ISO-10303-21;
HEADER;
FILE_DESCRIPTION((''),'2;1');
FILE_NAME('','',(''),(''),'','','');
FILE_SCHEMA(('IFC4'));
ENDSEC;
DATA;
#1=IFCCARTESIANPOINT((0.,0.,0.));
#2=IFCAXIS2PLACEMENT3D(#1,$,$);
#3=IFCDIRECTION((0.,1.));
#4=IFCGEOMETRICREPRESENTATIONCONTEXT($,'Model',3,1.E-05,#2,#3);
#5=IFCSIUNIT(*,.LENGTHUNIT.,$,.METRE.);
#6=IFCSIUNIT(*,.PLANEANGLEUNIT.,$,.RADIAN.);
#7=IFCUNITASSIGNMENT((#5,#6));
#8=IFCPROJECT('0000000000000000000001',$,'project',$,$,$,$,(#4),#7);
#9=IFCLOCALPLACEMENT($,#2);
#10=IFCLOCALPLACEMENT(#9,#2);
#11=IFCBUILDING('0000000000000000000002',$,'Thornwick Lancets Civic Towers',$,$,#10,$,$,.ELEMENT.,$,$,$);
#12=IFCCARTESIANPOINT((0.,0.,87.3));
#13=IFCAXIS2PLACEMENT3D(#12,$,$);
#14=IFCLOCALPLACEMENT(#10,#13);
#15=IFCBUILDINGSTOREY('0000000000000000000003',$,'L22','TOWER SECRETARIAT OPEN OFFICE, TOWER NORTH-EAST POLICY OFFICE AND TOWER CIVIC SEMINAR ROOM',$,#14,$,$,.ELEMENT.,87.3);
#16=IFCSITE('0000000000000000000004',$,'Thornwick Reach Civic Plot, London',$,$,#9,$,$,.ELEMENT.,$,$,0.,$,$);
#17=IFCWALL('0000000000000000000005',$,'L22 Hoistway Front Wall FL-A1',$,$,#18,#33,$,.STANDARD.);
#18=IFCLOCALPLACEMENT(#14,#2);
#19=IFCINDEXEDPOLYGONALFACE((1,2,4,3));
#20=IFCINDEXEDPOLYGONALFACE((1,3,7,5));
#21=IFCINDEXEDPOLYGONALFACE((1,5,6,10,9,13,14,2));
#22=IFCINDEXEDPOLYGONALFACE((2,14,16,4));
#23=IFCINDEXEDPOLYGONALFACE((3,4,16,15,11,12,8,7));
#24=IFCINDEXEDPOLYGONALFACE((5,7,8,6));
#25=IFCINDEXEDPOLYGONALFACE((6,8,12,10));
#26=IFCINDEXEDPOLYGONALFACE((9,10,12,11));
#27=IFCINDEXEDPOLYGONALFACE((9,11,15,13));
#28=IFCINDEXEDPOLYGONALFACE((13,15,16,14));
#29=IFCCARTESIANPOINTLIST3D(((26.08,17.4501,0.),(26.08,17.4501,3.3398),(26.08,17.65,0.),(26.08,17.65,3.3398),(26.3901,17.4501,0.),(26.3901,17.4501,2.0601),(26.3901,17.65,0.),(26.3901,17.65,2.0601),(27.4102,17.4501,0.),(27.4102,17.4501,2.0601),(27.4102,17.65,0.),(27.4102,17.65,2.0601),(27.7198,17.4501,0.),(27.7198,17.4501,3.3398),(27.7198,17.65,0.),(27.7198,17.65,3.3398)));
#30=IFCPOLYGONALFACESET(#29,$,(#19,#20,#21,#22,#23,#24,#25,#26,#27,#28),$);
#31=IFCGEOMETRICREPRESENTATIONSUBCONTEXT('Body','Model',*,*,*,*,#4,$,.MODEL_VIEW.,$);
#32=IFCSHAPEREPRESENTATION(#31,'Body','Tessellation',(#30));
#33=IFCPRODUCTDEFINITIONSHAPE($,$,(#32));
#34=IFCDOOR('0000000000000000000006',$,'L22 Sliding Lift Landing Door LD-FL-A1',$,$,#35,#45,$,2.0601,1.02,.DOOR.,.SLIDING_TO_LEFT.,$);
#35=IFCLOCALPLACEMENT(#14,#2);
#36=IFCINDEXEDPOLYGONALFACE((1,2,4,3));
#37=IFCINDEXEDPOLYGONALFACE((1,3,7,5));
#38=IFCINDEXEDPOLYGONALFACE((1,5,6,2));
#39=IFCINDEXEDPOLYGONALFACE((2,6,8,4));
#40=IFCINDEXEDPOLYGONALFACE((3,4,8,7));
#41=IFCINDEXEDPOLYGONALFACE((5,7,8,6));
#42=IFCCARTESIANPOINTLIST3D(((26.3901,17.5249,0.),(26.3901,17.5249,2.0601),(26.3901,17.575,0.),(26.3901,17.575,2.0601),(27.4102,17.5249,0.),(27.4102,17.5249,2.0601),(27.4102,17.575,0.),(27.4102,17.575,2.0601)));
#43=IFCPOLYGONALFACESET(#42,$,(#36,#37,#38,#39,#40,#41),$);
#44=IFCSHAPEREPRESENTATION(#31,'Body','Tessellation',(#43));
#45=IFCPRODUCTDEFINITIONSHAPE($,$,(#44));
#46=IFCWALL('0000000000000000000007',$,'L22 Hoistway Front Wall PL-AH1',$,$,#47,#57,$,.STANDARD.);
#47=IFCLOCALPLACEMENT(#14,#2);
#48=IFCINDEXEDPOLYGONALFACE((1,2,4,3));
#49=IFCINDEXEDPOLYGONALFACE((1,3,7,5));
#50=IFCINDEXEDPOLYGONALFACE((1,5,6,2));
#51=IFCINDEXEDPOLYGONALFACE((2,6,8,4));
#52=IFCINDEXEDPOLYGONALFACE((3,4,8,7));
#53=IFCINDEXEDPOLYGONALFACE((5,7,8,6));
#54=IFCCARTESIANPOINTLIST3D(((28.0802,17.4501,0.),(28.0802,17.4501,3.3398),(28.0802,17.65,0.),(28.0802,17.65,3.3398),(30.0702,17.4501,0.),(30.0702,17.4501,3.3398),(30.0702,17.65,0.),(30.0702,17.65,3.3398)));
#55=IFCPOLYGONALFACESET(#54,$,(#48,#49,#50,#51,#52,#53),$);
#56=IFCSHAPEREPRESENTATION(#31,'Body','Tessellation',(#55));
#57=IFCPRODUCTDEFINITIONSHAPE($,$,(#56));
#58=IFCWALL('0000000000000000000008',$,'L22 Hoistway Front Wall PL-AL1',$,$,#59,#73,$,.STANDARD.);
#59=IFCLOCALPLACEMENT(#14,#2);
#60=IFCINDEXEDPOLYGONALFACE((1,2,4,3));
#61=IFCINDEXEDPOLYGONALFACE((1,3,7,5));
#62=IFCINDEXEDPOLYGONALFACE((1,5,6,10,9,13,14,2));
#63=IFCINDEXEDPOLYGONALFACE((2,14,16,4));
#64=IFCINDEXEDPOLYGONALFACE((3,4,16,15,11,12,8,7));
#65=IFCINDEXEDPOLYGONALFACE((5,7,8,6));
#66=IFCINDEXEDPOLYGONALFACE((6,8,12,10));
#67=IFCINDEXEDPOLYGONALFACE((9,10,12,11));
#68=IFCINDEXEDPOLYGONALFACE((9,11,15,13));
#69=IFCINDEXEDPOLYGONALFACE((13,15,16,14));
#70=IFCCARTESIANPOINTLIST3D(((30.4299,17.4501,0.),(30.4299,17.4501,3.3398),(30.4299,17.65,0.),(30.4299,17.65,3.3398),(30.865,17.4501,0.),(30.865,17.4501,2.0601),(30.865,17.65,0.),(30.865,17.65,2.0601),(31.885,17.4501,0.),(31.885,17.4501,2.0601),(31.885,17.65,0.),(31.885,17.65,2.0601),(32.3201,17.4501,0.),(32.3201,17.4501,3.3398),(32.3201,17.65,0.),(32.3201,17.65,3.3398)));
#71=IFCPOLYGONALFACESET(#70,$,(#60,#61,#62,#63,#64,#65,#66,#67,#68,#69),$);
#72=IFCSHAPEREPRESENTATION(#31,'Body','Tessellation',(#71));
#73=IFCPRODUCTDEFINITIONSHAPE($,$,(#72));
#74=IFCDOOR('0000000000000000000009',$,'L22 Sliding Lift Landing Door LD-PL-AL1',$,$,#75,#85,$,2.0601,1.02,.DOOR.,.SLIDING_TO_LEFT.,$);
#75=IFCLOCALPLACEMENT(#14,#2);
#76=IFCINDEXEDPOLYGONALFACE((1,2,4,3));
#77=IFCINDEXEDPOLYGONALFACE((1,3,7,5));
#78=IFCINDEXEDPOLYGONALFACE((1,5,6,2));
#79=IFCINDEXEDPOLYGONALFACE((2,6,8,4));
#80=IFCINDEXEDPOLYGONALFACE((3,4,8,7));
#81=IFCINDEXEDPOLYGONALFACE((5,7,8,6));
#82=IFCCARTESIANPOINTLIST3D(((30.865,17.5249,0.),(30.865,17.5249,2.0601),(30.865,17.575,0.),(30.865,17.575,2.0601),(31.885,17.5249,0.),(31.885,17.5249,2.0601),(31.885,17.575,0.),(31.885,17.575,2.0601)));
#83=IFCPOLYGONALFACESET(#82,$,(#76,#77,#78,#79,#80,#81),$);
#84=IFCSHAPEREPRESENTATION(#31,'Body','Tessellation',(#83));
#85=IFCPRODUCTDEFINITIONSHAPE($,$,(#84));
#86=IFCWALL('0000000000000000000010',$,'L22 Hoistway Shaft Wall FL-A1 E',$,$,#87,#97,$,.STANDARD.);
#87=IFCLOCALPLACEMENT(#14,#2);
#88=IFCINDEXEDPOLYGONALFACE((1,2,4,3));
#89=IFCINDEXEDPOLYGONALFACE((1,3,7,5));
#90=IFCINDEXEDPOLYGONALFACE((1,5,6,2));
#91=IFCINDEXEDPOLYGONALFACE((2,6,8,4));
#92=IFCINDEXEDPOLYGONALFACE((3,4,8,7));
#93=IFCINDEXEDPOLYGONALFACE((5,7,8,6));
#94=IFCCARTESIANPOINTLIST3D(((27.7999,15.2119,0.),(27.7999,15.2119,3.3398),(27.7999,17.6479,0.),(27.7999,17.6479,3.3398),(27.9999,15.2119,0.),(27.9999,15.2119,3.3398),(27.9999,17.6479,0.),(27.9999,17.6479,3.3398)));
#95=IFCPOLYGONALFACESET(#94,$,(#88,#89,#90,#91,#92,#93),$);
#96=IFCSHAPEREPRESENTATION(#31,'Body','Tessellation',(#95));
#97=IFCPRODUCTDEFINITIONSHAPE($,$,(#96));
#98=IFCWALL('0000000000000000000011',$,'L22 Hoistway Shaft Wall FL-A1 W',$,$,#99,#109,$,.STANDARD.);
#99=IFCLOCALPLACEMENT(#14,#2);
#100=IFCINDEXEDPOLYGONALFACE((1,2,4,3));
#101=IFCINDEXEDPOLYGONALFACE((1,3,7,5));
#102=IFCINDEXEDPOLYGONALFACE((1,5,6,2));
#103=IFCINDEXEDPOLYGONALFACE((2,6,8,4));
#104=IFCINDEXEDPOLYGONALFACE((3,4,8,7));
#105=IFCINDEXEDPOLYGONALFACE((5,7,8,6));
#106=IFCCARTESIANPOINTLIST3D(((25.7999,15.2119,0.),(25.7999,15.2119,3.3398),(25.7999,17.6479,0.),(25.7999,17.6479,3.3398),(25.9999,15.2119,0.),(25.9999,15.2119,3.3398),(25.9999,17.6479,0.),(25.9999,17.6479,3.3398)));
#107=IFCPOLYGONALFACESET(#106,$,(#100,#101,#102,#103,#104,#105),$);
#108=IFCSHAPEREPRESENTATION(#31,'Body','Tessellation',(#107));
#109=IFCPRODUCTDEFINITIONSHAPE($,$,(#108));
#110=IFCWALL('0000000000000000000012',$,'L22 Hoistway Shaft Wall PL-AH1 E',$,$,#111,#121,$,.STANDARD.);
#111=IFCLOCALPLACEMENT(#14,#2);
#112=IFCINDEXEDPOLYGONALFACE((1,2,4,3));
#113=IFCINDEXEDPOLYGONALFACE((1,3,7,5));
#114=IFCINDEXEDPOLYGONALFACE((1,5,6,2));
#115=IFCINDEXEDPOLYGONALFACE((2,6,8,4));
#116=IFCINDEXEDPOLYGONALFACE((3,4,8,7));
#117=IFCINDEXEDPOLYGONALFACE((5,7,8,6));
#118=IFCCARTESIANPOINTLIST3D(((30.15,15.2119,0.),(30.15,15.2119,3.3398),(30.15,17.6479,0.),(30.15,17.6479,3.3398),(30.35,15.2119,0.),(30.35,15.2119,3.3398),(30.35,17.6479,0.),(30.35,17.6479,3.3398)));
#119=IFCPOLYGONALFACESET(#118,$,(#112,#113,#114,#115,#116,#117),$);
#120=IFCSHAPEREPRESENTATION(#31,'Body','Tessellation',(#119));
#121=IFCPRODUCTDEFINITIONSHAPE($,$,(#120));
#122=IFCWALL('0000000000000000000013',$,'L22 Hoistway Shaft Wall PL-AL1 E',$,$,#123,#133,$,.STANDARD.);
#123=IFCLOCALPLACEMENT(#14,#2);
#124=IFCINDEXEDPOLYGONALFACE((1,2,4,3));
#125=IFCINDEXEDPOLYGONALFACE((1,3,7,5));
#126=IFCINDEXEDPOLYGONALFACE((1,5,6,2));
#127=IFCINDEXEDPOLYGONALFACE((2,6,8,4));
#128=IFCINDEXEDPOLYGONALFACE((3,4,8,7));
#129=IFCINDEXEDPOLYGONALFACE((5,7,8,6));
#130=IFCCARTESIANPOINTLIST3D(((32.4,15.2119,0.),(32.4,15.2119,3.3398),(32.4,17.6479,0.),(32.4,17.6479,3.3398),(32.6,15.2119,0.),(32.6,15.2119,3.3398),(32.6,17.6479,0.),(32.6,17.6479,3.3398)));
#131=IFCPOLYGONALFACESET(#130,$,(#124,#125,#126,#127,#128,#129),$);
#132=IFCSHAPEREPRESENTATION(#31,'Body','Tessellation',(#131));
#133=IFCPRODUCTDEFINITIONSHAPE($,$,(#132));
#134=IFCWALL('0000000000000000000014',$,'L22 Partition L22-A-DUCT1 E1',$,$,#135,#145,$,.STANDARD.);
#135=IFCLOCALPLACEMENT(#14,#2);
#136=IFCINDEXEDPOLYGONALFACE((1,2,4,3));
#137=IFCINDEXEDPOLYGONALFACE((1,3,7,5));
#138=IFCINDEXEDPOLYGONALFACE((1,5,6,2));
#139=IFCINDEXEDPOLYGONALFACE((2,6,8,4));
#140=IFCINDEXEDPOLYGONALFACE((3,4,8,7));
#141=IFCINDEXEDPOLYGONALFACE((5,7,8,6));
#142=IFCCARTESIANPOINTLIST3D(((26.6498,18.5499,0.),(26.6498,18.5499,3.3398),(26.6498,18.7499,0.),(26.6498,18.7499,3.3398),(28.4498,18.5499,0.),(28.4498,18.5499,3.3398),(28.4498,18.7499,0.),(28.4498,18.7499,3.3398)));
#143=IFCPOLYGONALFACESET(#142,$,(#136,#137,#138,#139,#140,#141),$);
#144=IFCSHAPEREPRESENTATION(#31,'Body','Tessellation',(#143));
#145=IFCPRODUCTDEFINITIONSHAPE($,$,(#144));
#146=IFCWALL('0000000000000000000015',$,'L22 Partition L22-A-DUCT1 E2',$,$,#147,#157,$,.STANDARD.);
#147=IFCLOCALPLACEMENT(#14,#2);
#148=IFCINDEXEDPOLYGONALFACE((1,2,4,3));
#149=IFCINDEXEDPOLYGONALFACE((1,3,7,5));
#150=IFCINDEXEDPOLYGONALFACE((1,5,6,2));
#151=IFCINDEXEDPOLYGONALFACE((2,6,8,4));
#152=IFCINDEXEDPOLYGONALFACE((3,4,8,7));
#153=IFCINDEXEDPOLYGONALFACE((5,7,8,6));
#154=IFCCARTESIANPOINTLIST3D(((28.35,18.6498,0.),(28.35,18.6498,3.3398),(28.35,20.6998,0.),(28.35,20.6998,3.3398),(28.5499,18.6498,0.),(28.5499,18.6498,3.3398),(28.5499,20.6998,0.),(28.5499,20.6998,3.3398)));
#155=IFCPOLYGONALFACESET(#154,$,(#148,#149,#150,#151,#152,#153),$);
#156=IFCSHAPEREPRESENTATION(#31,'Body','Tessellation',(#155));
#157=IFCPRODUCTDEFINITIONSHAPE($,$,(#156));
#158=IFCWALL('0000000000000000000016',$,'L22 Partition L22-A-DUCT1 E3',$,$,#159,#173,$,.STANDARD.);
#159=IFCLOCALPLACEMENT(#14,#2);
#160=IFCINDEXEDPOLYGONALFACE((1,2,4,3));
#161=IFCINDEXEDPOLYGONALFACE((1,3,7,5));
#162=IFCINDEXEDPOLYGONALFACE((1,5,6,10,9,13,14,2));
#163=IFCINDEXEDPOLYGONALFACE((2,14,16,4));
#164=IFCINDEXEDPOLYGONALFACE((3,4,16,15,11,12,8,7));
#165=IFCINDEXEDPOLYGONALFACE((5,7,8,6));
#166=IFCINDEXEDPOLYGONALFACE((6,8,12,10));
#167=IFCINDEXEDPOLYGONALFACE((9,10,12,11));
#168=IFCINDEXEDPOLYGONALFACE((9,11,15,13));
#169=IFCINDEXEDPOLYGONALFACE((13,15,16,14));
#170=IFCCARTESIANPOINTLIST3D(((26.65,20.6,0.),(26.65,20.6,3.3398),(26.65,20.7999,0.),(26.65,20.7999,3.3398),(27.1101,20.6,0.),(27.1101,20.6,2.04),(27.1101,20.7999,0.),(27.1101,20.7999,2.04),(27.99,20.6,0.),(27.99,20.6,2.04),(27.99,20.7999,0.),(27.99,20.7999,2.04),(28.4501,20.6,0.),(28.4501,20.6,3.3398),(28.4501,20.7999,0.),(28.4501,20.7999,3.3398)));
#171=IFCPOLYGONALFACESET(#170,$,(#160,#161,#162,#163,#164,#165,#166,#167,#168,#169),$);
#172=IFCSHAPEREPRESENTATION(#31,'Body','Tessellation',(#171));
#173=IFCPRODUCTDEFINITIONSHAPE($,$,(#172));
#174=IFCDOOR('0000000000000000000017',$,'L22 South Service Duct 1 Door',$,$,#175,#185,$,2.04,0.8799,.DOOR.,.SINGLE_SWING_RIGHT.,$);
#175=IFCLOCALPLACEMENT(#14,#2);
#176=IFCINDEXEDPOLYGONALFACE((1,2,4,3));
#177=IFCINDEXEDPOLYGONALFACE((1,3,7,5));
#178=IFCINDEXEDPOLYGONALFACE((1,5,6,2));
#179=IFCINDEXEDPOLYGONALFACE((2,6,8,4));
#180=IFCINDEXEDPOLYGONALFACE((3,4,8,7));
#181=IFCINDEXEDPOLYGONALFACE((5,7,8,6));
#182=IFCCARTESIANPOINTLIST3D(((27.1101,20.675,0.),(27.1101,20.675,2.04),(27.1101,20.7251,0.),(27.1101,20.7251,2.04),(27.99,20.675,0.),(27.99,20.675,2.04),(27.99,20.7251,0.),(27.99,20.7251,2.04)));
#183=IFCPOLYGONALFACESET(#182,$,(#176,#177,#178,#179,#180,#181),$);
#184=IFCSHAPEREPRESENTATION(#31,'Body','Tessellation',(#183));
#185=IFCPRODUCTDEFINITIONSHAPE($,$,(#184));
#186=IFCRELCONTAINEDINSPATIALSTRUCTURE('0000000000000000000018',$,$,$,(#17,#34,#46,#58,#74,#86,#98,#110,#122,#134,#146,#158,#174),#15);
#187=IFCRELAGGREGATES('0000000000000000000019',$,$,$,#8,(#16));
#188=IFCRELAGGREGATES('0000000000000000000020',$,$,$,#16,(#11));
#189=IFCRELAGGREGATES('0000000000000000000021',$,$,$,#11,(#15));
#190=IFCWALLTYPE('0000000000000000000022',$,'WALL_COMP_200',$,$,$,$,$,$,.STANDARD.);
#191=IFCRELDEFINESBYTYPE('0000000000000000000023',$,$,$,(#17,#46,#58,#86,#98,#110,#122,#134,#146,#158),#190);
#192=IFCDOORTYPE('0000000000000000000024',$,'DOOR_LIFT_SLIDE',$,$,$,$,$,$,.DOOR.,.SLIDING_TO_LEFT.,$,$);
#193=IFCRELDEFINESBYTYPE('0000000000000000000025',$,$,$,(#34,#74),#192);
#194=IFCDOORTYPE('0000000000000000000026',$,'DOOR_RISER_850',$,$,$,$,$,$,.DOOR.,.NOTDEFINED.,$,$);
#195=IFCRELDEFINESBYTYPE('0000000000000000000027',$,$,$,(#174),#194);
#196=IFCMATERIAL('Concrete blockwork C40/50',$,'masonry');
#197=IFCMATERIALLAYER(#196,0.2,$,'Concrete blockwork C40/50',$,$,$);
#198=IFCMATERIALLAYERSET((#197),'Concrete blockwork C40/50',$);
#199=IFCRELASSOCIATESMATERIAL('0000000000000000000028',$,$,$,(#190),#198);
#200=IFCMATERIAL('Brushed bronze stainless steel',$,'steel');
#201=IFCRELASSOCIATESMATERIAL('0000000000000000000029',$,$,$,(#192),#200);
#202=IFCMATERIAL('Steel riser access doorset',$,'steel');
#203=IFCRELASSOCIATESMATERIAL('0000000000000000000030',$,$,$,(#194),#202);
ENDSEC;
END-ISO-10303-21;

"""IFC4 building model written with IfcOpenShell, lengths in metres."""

from ifc_helpers import new_model, si_unit, direction, frame, frame_2d, origin, place, context, subcontext, project, spatial, rectangle, extrude, material, layer, layer_set, type_object, element, fill, save


model = new_model("IFC4")

# Units and contexts
model_context = context("Model", 3, precision=1e-05, world=origin(), true_north=direction((0.0, 1.0)))
body_context = subcontext(model_context, "Body", "Model", "MODEL_VIEW")
ifc_project = project(units=[si_unit("LENGTHUNIT", "METRE"), si_unit("PLANEANGLEUNIT", "RADIAN")], contexts=[model_context])

# Site, building, storey
site_placement = place(None, origin())
site = spatial("IfcSite", under=ifc_project, at=site_placement, Name="Thornwick Reach Civic Plot, London", CompositionType="ELEMENT", RefElevation=0.0)
building_placement = place(site_placement, origin())
building = spatial("IfcBuilding", under=site, at=building_placement, Name="Thornwick Lancets Civic Towers", CompositionType="ELEMENT")
storey_placement = place(building_placement, frame((0.0, 0.0, 87.3)))
storey = spatial("IfcBuildingStorey", under=building, at=storey_placement, Name="L22", Description="TOWER SECRETARIAT OPEN OFFICE, TOWER NORTH-EAST POLICY OFFICE AND TOWER CIVIC SEMINAR ROOM", CompositionType="ELEMENT", Elevation=87.3)

# Wall, opening, door
ifc_material_1 = material(Name="Concrete blockwork C40/50", Category="masonry")
ifc_layer_1 = layer(ifc_material_1, 0.2, Name="Concrete blockwork C40/50")
ifc_layer_set_1 = layer_set([ifc_layer_1], Name="Concrete blockwork C40/50")
wall_type_1 = type_object("IfcWallType", Name="WALL_COMP_200", PredefinedType="STANDARD", material=ifc_layer_set_1)
wall_1_placement = place(storey_placement, frame((26.0801, 17.55, 0.0), z_axis=(0.0, 0.0, 1.0), x_axis=(1.0, 0.0, 0.0)))
wall_1 = element("IfcWall", 1, at=wall_1_placement, inside=storey, type_object=wall_type_1, Name="L22 Hoistway Front Wall FL-A1", PredefinedType="STANDARD", context=body_context, shape_type="SweptSolid", body=[
    extrude(rectangle(XDim=1.6399, YDim=0.2, at=frame_2d((0.8198, 0.0))), origin(), (0.0, 0.0, 1.0), 3.3398),
])
opening_1_placement = place(wall_1_placement, frame((0.3101, 0.0, 0.0)))
opening_1 = element("IfcOpeningElement", 2, at=opening_1_placement, cuts=wall_1, PredefinedType="OPENING", context=body_context, shape_type="SweptSolid", body=[
    extrude(rectangle(XDim=1.02, YDim=2.0601, at=frame_2d((0.51, 1.03))), frame((0.0, 0.1099, 0.0), z_axis=(0.0, -1.0, 0.0), x_axis=(1.0, 0.0, 0.0)), (0.0, 0.0, 1.0), 0.22),
])
ifc_material_2 = material(Name="Brushed bronze stainless steel", Category="steel")
door_type_1 = type_object("IfcDoorType", Name="DOOR_LIFT_SLIDE", OperationType="SLIDING_TO_LEFT", PredefinedType="DOOR", material=ifc_material_2)
door_1_placement = place(opening_1_placement, origin())
door_1 = element("IfcDoor", 3, at=door_1_placement, inside=storey, type_object=door_type_1, Name="L22 Sliding Lift Landing Door LD-FL-A1", OperationType="SLIDING_TO_LEFT", OverallHeight=2.0601, OverallWidth=1.02, PredefinedType="DOOR", context=body_context, shape_type="SweptSolid", body=[
    extrude(rectangle(XDim=1.02, YDim=2.0601, at=frame_2d((0.51, 1.03))), frame((0.0, 0.0249, 0.0), z_axis=(0.0, -1.0, 0.0), x_axis=(1.0, 0.0, 0.0)), (0.0, 0.0, 1.0), 0.05),
])
fill(opening_1, door_1)

# Wall
wall_2_placement = place(storey_placement, frame((28.0801, 17.55, 0.0), z_axis=(0.0, 0.0, 1.0), x_axis=(1.0, 0.0, 0.0)))
element("IfcWall", 4, at=wall_2_placement, inside=storey, type_object=wall_type_1, Name="L22 Hoistway Front Wall PL-AH1", PredefinedType="STANDARD", context=body_context, shape_type="SweptSolid", body=[
    extrude(rectangle(XDim=1.99, YDim=0.2, at=frame_2d((0.9951, 0.0))), origin(), (0.0, 0.0, 1.0), 3.3398),
])

# Wall, opening, door
wall_3_placement = place(storey_placement, frame((30.4299, 17.55, 0.0), z_axis=(0.0, 0.0, 1.0), x_axis=(1.0, 0.0, 0.0)))
wall_3 = element("IfcWall", 5, at=wall_3_placement, inside=storey, type_object=wall_type_1, Name="L22 Hoistway Front Wall PL-AL1", PredefinedType="STANDARD", context=body_context, shape_type="SweptSolid", body=[
    extrude(rectangle(XDim=1.8901, YDim=0.2, at=frame_2d((0.9451, 0.0))), origin(), (0.0, 0.0, 1.0), 3.3398),
])
opening_2_placement = place(wall_3_placement, frame((0.4351, 0.0, 0.0)))
opening_2 = element("IfcOpeningElement", 6, at=opening_2_placement, cuts=wall_3, PredefinedType="OPENING", context=body_context, shape_type="SweptSolid", body=[
    extrude(rectangle(XDim=1.02, YDim=2.0601, at=frame_2d((0.51, 1.03))), frame((0.0, 0.1099, 0.0), z_axis=(0.0, -1.0, 0.0), x_axis=(1.0, 0.0, 0.0)), (0.0, 0.0, 1.0), 0.22),
])
door_2_placement = place(opening_2_placement, origin())
door_2 = element("IfcDoor", 7, at=door_2_placement, inside=storey, type_object=door_type_1, Name="L22 Sliding Lift Landing Door LD-PL-AL1", OperationType="SLIDING_TO_LEFT", OverallHeight=2.0601, OverallWidth=1.02, PredefinedType="DOOR", context=body_context, shape_type="SweptSolid", body=[
    extrude(rectangle(XDim=1.02, YDim=2.0601, at=frame_2d((0.51, 1.03))), frame((0.0, 0.0249, 0.0), z_axis=(0.0, -1.0, 0.0), x_axis=(1.0, 0.0, 0.0)), (0.0, 0.0, 1.0), 0.05),
])
fill(opening_2, door_2)

# Walls
for number, where, z_axis, x_axis, name in (
    (8, (27.8999, 15.2119, 0.0), (0.0, 0.0, 1.0), (0.0, 1.0, 0.0), "L22 Hoistway Shaft Wall FL-A1 E"),
    (9, (25.8999, 15.2119, 0.0), (0.0, 0.0, 1.0), (0.0, 1.0, 0.0), "L22 Hoistway Shaft Wall FL-A1 W"),
    (10, (30.25, 15.2119, 0.0), (0.0, 0.0, 1.0), (0.0, 1.0, 0.0), "L22 Hoistway Shaft Wall PL-AH1 E"),
    (11, (32.5, 15.2119, 0.0), (0.0, 0.0, 1.0), (0.0, 1.0, 0.0), "L22 Hoistway Shaft Wall PL-AL1 E"),
):
    element("IfcWall", number, at=place(storey_placement, frame(where, z_axis=z_axis, x_axis=x_axis)), inside=storey, type_object=wall_type_1, Name=name, PredefinedType="STANDARD", context=body_context, shape_type="SweptSolid", body=[
        extrude(rectangle(XDim=2.436, YDim=0.2, at=frame_2d((1.218, 0.0))), origin(), (0.0, 0.0, 1.0), 3.3398),
    ])
wall_4_placement = place(storey_placement, frame((26.6499, 18.6499, 0.0), z_axis=(0.0, 0.0, 1.0), x_axis=(1.0, 0.0, 0.0)))
element("IfcWall", 12, at=wall_4_placement, inside=storey, type_object=wall_type_1, Name="L22 Partition L22-A-DUCT1 E1", PredefinedType="STANDARD", context=body_context, shape_type="SweptSolid", body=[
    extrude(rectangle(XDim=1.8, YDim=0.2, at=frame_2d((0.8999, 0.0))), origin(), (0.0, 0.0, 1.0), 3.3398),
])
wall_5_placement = place(storey_placement, frame((28.45, 18.6499, 0.0), z_axis=(0.0, 0.0, 1.0), x_axis=(0.0, 1.0, 0.0)))
element("IfcWall", 13, at=wall_5_placement, inside=storey, type_object=wall_type_1, Name="L22 Partition L22-A-DUCT1 E2", PredefinedType="STANDARD", context=body_context, shape_type="SweptSolid", body=[
    extrude(rectangle(XDim=2.05, YDim=0.2, at=frame_2d((1.0249, 0.0))), origin(), (0.0, 0.0, 1.0), 3.3398),
])

# Wall, opening, door
wall_6_placement = place(storey_placement, frame((28.45, 20.7, 0.0), z_axis=(0.0, 0.0, 1.0), x_axis=(-1.0, 0.0, 0.0)))
wall_6 = element("IfcWall", 14, at=wall_6_placement, inside=storey, type_object=wall_type_1, Name="L22 Partition L22-A-DUCT1 E3", PredefinedType="STANDARD", context=body_context, shape_type="SweptSolid", body=[
    extrude(rectangle(XDim=1.8, YDim=0.2, at=frame_2d((0.8999, 0.0))), origin(), (0.0, 0.0, 1.0), 3.3398),
])
opening_3_placement = place(wall_6_placement, frame((0.46, 0.0, 0.0)))
opening_3 = element("IfcOpeningElement", 15, at=opening_3_placement, cuts=wall_6, PredefinedType="OPENING", context=body_context, shape_type="SweptSolid", body=[
    extrude(rectangle(XDim=0.8799, YDim=2.04, at=frame_2d((0.4399, 1.02))), frame((0.0, 0.1099, 0.0), z_axis=(0.0, -1.0, 0.0), x_axis=(1.0, 0.0, 0.0)), (0.0, 0.0, 1.0), 0.22),
])
ifc_material_3 = material(Name="Steel riser access doorset", Category="steel")
door_type_2 = type_object("IfcDoorType", Name="DOOR_RISER_850", OperationType="NOTDEFINED", PredefinedType="DOOR", material=ifc_material_3)
door_3_placement = place(opening_3_placement, origin())
door_3 = element("IfcDoor", 16, at=door_3_placement, inside=storey, type_object=door_type_2, Name="L22 South Service Duct 1 Door", OperationType="SINGLE_SWING_RIGHT", OverallHeight=2.04, OverallWidth=0.8799, PredefinedType="DOOR", context=body_context, shape_type="SweptSolid", body=[
    extrude(rectangle(XDim=0.8799, YDim=2.04, at=frame_2d((0.4399, 1.02))), frame((0.0, 0.0249, 0.0), z_axis=(0.0, -1.0, 0.0), x_axis=(1.0, 0.0, 0.0)), (0.0, 0.0, 1.0), 0.05),
])
fill(opening_3, door_3)

save(model, "model.ifc")
